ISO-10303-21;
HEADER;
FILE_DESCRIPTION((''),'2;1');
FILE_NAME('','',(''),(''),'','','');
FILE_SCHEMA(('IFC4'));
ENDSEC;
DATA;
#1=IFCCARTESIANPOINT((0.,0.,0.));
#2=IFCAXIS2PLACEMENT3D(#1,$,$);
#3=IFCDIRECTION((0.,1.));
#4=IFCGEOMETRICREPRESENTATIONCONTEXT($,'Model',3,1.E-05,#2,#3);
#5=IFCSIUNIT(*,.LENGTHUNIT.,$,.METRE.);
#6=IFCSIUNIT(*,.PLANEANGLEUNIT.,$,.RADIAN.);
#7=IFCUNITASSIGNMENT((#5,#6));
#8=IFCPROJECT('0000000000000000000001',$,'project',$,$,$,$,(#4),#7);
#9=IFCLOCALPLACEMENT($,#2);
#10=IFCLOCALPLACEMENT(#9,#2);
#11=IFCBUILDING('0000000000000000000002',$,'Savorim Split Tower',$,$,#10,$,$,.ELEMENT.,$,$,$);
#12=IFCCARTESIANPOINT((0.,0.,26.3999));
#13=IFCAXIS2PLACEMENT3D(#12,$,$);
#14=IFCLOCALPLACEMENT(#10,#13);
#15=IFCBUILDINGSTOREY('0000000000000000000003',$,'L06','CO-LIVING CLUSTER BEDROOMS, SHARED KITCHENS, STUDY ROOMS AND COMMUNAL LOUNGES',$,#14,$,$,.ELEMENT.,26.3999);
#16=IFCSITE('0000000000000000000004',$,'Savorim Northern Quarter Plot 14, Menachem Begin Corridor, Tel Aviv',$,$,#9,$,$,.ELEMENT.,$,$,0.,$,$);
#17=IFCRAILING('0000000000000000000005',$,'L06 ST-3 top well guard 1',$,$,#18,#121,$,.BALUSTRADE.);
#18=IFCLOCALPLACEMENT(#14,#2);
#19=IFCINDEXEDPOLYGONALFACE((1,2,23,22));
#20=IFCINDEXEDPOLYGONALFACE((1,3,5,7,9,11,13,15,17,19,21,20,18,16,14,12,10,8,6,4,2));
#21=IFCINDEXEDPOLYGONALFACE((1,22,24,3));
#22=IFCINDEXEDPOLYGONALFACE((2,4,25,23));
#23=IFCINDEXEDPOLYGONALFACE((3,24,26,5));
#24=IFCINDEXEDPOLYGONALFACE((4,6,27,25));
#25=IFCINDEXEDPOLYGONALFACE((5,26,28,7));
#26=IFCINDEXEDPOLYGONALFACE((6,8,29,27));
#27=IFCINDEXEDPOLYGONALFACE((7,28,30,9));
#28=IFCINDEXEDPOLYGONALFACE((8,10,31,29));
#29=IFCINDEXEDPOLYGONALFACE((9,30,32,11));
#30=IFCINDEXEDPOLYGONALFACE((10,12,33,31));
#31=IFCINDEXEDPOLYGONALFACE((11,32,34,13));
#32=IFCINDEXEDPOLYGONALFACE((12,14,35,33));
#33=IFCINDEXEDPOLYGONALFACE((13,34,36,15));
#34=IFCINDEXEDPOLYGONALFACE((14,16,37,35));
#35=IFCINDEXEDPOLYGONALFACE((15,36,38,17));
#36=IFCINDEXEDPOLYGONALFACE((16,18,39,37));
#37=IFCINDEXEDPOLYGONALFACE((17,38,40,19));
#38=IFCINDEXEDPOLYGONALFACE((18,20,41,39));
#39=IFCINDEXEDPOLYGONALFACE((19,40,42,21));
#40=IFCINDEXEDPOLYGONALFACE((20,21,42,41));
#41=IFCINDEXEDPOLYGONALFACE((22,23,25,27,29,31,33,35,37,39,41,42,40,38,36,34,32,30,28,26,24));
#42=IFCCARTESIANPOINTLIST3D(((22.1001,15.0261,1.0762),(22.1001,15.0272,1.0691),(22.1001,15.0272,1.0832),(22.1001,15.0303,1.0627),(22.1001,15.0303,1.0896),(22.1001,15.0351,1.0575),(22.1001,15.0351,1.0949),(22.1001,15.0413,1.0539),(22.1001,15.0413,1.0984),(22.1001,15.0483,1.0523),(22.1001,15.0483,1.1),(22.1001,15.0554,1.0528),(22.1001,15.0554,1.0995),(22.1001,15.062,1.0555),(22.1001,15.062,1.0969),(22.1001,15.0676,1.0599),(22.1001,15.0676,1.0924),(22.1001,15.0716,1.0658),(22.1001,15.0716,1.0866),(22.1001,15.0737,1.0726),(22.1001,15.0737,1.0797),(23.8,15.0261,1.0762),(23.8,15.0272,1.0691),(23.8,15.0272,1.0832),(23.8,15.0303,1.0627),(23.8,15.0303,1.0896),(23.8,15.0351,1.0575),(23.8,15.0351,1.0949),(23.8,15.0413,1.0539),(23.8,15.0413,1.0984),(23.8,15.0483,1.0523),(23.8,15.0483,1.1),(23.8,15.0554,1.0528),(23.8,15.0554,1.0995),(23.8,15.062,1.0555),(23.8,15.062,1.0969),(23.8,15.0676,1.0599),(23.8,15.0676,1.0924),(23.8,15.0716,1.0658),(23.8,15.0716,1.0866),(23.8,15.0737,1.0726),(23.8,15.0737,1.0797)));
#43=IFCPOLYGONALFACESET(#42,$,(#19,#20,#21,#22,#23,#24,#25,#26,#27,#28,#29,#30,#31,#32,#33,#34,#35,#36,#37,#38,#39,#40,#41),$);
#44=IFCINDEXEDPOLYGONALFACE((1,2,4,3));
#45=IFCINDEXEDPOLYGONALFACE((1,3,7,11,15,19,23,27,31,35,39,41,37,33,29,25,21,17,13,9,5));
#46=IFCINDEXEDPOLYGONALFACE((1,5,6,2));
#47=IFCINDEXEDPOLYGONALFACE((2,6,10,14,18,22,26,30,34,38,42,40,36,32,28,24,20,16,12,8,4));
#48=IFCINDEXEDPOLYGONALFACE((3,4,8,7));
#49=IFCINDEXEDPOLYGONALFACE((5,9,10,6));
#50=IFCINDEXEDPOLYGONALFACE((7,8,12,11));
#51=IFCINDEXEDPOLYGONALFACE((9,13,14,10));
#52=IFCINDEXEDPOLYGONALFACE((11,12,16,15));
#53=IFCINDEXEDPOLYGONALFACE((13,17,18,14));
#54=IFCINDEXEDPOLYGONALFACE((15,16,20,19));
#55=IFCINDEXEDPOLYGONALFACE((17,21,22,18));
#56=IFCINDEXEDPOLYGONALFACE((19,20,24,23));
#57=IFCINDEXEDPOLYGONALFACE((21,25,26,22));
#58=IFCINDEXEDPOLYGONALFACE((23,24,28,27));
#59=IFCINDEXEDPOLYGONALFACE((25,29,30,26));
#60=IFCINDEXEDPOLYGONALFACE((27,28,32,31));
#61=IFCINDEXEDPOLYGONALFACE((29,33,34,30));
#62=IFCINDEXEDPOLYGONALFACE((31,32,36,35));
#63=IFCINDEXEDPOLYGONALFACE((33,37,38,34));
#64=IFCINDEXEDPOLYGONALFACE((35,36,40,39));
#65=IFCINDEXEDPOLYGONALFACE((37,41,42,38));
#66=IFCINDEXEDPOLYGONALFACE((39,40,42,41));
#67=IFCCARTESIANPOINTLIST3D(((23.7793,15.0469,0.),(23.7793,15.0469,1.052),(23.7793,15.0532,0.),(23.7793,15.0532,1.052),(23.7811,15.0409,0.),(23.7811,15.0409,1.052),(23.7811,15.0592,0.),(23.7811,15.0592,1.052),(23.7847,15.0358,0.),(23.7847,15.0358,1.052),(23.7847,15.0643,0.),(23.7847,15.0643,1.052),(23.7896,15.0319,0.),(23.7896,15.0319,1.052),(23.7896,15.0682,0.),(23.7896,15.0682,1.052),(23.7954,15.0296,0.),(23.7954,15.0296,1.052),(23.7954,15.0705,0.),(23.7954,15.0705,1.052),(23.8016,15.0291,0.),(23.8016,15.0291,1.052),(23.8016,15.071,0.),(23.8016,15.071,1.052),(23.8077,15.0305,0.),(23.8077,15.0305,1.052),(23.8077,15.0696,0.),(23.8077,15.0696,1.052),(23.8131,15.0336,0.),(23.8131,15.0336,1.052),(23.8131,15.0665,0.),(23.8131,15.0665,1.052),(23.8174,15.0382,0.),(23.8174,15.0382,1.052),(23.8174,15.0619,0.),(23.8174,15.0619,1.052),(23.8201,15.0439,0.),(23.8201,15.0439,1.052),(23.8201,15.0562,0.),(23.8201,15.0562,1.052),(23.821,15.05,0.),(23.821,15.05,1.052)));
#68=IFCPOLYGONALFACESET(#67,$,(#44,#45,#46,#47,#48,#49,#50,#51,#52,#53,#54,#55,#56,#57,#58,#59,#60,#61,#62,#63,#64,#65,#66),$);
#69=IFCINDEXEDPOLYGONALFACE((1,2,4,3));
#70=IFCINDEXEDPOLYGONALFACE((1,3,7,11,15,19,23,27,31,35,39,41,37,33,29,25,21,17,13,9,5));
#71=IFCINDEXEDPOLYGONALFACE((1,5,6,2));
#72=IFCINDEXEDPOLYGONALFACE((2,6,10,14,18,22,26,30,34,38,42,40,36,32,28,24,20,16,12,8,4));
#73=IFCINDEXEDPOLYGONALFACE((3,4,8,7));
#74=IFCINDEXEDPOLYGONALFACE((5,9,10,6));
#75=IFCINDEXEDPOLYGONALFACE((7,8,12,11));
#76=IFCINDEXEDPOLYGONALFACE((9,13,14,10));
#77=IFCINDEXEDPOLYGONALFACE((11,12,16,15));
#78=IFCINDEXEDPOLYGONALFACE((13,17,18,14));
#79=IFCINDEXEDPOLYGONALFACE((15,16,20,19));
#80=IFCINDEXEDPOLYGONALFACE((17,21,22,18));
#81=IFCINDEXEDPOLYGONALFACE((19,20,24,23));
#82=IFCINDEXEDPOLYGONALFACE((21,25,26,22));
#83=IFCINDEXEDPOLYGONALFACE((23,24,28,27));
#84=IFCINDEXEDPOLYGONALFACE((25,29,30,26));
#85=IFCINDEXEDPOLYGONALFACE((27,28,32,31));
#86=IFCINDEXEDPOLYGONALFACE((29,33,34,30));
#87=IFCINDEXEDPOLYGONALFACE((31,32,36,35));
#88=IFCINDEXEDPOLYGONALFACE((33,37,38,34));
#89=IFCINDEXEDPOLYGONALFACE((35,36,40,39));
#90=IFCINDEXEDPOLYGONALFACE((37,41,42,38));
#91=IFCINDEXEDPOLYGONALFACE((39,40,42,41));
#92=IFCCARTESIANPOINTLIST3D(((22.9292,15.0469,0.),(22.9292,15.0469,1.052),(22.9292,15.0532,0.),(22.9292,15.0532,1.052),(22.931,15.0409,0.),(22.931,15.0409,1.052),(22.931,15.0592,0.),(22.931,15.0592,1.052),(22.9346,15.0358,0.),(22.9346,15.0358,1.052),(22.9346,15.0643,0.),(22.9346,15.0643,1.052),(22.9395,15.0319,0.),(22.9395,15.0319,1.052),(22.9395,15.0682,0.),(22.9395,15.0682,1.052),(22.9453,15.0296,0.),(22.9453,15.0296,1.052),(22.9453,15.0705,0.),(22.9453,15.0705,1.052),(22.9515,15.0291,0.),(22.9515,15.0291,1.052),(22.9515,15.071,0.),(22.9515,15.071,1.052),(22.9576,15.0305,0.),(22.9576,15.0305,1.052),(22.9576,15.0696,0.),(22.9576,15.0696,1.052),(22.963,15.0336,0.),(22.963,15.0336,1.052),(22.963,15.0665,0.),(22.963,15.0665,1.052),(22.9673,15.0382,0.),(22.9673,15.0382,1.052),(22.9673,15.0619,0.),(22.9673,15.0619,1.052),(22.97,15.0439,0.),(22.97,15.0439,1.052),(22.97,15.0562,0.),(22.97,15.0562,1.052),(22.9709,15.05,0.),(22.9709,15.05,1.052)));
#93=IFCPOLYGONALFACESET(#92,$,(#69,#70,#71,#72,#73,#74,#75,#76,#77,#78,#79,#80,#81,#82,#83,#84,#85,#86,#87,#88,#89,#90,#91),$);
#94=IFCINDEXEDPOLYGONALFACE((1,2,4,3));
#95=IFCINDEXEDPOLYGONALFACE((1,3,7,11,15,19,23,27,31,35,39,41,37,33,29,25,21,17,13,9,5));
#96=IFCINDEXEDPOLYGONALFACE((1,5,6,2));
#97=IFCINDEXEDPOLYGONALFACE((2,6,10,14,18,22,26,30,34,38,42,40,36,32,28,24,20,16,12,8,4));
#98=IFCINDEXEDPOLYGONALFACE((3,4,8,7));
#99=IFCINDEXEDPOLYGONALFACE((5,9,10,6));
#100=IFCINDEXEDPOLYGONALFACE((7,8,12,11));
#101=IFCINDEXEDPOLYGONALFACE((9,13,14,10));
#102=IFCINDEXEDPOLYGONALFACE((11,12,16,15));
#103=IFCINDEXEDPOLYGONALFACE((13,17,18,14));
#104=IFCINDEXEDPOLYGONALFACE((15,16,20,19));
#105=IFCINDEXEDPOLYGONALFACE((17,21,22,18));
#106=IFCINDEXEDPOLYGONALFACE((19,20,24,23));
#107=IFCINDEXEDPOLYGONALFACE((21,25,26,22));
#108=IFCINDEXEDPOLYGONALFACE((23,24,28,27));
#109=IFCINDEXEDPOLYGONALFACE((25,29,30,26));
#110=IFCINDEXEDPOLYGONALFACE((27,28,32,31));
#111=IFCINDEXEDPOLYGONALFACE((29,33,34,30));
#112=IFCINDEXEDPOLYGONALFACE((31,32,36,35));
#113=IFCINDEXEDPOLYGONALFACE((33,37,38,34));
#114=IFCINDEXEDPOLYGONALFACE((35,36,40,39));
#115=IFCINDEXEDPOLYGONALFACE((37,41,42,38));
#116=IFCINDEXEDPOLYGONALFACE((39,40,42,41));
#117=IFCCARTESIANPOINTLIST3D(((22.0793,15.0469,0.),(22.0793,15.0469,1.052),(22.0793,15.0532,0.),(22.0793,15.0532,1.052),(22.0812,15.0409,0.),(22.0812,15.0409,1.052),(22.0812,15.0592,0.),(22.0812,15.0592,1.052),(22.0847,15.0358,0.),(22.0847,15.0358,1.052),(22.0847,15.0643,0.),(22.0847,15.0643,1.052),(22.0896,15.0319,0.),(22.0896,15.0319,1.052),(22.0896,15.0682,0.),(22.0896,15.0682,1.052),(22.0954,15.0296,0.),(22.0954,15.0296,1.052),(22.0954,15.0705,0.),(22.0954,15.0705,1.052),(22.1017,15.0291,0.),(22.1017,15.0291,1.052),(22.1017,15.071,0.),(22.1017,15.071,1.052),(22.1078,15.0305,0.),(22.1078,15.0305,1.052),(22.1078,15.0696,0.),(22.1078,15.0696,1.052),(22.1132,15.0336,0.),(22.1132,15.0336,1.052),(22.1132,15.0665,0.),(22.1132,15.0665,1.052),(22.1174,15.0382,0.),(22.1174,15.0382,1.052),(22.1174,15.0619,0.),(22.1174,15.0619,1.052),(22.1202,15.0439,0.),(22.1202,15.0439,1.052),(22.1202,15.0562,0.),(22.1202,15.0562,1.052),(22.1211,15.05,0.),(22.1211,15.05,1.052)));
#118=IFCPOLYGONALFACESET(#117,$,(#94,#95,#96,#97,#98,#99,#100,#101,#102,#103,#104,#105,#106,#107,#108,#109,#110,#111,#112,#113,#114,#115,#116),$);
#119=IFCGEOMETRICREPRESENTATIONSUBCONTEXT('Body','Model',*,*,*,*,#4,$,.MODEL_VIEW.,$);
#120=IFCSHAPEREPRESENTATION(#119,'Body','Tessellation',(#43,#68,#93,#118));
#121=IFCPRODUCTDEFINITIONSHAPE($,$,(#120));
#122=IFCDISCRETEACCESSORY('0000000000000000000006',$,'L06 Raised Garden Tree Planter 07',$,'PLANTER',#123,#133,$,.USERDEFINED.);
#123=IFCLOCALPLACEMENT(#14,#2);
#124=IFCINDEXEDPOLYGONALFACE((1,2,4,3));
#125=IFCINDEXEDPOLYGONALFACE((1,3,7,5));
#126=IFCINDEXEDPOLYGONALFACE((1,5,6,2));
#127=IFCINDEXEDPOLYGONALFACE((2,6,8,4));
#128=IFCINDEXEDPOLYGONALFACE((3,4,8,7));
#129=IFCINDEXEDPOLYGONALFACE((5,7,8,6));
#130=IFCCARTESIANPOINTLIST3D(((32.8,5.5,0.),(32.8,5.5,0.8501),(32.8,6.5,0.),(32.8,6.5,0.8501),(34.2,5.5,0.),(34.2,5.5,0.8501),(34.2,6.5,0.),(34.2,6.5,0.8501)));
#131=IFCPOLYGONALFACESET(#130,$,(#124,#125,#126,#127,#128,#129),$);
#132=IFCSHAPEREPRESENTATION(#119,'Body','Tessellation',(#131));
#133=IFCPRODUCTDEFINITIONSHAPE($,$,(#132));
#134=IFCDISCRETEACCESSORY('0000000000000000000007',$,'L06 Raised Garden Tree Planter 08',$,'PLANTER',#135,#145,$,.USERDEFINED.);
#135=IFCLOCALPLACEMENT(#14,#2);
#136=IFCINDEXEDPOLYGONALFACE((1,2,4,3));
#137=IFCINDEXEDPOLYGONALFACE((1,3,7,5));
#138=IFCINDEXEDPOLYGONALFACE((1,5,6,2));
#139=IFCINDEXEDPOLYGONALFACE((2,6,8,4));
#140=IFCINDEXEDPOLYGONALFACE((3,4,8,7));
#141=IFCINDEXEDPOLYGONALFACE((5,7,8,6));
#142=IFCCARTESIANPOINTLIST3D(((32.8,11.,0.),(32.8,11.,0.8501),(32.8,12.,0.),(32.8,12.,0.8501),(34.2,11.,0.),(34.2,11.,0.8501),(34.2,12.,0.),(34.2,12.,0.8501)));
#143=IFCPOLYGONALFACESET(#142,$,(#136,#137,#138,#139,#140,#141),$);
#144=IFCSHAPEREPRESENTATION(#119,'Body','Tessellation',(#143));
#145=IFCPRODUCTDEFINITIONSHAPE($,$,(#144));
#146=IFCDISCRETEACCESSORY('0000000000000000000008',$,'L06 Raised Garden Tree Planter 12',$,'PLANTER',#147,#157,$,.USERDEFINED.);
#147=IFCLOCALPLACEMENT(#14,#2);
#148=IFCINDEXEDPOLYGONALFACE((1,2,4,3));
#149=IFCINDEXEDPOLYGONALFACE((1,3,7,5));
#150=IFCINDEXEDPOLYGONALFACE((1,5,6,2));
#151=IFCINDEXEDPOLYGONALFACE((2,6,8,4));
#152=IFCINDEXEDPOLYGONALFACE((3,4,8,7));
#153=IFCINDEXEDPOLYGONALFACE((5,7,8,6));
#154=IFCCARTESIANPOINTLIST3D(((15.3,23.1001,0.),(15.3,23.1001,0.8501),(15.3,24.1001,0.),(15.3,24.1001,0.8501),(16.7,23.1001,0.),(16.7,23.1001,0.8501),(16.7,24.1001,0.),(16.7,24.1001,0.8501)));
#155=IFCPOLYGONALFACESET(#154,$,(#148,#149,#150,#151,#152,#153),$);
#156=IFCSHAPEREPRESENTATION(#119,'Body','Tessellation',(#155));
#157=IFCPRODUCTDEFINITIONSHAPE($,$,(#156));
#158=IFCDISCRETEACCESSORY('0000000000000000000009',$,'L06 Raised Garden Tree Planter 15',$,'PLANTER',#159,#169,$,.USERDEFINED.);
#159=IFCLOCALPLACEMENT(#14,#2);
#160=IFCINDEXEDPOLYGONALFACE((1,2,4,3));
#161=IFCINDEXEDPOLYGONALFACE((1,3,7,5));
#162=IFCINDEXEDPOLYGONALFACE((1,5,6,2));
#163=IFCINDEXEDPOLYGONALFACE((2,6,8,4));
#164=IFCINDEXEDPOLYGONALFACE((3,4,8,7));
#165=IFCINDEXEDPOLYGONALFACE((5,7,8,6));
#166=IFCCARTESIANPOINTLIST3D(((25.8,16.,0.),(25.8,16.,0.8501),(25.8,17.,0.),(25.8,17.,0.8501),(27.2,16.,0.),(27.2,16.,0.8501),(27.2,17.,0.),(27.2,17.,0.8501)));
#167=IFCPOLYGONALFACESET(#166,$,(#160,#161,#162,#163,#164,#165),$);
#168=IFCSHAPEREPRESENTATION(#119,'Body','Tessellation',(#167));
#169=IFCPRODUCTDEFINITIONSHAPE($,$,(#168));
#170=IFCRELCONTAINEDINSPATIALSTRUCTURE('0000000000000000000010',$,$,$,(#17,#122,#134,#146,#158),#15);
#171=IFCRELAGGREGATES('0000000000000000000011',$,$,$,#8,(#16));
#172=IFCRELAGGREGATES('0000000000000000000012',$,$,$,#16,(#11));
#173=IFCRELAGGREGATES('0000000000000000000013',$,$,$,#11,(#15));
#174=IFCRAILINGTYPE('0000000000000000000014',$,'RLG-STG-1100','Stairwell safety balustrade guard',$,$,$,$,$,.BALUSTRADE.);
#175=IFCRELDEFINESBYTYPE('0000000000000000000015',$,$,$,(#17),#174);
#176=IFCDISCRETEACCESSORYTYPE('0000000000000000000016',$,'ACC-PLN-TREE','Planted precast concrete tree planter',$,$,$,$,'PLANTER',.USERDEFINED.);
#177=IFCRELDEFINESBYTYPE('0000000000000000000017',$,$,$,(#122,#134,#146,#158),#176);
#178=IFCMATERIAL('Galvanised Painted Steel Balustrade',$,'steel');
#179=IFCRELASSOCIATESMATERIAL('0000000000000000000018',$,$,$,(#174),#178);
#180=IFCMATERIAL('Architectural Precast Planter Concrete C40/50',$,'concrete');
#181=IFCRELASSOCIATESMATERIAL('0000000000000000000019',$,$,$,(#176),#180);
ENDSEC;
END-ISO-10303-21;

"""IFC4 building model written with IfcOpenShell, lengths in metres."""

from ifc_helpers import new_model, si_unit, direction, frame, origin, origin_2d, place, context, subcontext, project, spatial, rectangle, circle, extrude, material, type_object, element, save


model = new_model("IFC4")

# Units and contexts
model_context = context("Model", 3, precision=1e-05, world=origin(), true_north=direction((0.0, 1.0)))
body_context = subcontext(model_context, "Body", "Model", "MODEL_VIEW")
ifc_project = project(units=[si_unit("LENGTHUNIT", "METRE"), si_unit("PLANEANGLEUNIT", "RADIAN")], contexts=[model_context])

# Site, building, storey
site_placement = place(None, origin())
site = spatial("IfcSite", under=ifc_project, at=site_placement, Name="Savorim Northern Quarter Plot 14, Menachem Begin Corridor, Tel Aviv", CompositionType="ELEMENT", RefElevation=0.0)
building_placement = place(site_placement, origin())
building = spatial("IfcBuilding", under=site, at=building_placement, Name="Savorim Split Tower", CompositionType="ELEMENT")
storey_placement = place(building_placement, frame((0.0, 0.0, 26.3999)))
storey = spatial("IfcBuildingStorey", under=building, at=storey_placement, Name="L06", Description="CO-LIVING CLUSTER BEDROOMS, SHARED KITCHENS, STUDY ROOMS AND COMMUNAL LOUNGES", CompositionType="ELEMENT", Elevation=26.3999)

# Railing
ifc_material_1 = material(Name="Galvanised Painted Steel Balustrade", Category="steel")
railing_type_1 = type_object("IfcRailingType", Name="RLG-STG-1100", Description="Stairwell safety balustrade guard", PredefinedType="BALUSTRADE", material=ifc_material_1)
railing_1_placement = place(storey_placement, frame((23.8, 15.05, 0.0)))
element("IfcRailing", 1, at=railing_1_placement, inside=storey, type_object=railing_type_1, Name="L06 ST-3 top well guard 1", PredefinedType="BALUSTRADE", context=body_context, shape_type="SweptSolid", body=[
    extrude(circle(Radius=0.0239, at=origin_2d()), frame((0.0, 0.0, 1.0762), z_axis=(-1.0, 0.0, 0.0), x_axis=(0.0, -1.0, 0.0)), (0.0, 0.0, 1.0), 1.7),
    extrude(circle(Radius=0.021, at=origin_2d()), origin(), (0.0, 0.0, 1.0), 1.052),
    extrude(circle(Radius=0.021, at=origin_2d()), frame((-0.8501, 0.0, 0.0)), (0.0, 0.0, 1.0), 1.052),
    extrude(circle(Radius=0.021, at=origin_2d()), frame((-1.7, 0.0, 0.0)), (0.0, 0.0, 1.0), 1.052),
])

# Discrete accessories
ifc_material_2 = material(Name="Architectural Precast Planter Concrete C40/50", Category="concrete")
discrete_accessory_type = type_object("IfcDiscreteAccessoryType", Name="ACC-PLN-TREE", Description="Planted precast concrete tree planter", ElementType="PLANTER", PredefinedType="USERDEFINED", material=ifc_material_2)
for number, where, z_axis, x_axis, name in (
    (2, (33.5, 6.0, 0.0), (0.0, 0.0, 1.0), (1.0, 0.0, 0.0), "L06 Raised Garden Tree Planter 07"),
    (3, (33.5, 11.5, 0.0), (0.0, 0.0, 1.0), (1.0, 0.0, 0.0), "L06 Raised Garden Tree Planter 08"),
    (4, (16.0, 23.6001, 0.0), (0.0, 0.0, 1.0), (1.0, 0.0, 0.0), "L06 Raised Garden Tree Planter 12"),
    (5, (26.5, 16.5, 0.0), (0.0, 0.0, 1.0), (1.0, 0.0, 0.0), "L06 Raised Garden Tree Planter 15"),
):
    element("IfcDiscreteAccessory", number, at=place(storey_placement, frame(where, z_axis=z_axis, x_axis=x_axis)), inside=storey, type_object=discrete_accessory_type, Name=name, ObjectType="PLANTER", PredefinedType="USERDEFINED", context=body_context, shape_type="SweptSolid", body=[
        extrude(rectangle(XDim=1.3999, YDim=1.0, at=origin_2d()), origin(), (0.0, 0.0, 1.0), 0.8501),
    ])

save(model, "model.ifc")
